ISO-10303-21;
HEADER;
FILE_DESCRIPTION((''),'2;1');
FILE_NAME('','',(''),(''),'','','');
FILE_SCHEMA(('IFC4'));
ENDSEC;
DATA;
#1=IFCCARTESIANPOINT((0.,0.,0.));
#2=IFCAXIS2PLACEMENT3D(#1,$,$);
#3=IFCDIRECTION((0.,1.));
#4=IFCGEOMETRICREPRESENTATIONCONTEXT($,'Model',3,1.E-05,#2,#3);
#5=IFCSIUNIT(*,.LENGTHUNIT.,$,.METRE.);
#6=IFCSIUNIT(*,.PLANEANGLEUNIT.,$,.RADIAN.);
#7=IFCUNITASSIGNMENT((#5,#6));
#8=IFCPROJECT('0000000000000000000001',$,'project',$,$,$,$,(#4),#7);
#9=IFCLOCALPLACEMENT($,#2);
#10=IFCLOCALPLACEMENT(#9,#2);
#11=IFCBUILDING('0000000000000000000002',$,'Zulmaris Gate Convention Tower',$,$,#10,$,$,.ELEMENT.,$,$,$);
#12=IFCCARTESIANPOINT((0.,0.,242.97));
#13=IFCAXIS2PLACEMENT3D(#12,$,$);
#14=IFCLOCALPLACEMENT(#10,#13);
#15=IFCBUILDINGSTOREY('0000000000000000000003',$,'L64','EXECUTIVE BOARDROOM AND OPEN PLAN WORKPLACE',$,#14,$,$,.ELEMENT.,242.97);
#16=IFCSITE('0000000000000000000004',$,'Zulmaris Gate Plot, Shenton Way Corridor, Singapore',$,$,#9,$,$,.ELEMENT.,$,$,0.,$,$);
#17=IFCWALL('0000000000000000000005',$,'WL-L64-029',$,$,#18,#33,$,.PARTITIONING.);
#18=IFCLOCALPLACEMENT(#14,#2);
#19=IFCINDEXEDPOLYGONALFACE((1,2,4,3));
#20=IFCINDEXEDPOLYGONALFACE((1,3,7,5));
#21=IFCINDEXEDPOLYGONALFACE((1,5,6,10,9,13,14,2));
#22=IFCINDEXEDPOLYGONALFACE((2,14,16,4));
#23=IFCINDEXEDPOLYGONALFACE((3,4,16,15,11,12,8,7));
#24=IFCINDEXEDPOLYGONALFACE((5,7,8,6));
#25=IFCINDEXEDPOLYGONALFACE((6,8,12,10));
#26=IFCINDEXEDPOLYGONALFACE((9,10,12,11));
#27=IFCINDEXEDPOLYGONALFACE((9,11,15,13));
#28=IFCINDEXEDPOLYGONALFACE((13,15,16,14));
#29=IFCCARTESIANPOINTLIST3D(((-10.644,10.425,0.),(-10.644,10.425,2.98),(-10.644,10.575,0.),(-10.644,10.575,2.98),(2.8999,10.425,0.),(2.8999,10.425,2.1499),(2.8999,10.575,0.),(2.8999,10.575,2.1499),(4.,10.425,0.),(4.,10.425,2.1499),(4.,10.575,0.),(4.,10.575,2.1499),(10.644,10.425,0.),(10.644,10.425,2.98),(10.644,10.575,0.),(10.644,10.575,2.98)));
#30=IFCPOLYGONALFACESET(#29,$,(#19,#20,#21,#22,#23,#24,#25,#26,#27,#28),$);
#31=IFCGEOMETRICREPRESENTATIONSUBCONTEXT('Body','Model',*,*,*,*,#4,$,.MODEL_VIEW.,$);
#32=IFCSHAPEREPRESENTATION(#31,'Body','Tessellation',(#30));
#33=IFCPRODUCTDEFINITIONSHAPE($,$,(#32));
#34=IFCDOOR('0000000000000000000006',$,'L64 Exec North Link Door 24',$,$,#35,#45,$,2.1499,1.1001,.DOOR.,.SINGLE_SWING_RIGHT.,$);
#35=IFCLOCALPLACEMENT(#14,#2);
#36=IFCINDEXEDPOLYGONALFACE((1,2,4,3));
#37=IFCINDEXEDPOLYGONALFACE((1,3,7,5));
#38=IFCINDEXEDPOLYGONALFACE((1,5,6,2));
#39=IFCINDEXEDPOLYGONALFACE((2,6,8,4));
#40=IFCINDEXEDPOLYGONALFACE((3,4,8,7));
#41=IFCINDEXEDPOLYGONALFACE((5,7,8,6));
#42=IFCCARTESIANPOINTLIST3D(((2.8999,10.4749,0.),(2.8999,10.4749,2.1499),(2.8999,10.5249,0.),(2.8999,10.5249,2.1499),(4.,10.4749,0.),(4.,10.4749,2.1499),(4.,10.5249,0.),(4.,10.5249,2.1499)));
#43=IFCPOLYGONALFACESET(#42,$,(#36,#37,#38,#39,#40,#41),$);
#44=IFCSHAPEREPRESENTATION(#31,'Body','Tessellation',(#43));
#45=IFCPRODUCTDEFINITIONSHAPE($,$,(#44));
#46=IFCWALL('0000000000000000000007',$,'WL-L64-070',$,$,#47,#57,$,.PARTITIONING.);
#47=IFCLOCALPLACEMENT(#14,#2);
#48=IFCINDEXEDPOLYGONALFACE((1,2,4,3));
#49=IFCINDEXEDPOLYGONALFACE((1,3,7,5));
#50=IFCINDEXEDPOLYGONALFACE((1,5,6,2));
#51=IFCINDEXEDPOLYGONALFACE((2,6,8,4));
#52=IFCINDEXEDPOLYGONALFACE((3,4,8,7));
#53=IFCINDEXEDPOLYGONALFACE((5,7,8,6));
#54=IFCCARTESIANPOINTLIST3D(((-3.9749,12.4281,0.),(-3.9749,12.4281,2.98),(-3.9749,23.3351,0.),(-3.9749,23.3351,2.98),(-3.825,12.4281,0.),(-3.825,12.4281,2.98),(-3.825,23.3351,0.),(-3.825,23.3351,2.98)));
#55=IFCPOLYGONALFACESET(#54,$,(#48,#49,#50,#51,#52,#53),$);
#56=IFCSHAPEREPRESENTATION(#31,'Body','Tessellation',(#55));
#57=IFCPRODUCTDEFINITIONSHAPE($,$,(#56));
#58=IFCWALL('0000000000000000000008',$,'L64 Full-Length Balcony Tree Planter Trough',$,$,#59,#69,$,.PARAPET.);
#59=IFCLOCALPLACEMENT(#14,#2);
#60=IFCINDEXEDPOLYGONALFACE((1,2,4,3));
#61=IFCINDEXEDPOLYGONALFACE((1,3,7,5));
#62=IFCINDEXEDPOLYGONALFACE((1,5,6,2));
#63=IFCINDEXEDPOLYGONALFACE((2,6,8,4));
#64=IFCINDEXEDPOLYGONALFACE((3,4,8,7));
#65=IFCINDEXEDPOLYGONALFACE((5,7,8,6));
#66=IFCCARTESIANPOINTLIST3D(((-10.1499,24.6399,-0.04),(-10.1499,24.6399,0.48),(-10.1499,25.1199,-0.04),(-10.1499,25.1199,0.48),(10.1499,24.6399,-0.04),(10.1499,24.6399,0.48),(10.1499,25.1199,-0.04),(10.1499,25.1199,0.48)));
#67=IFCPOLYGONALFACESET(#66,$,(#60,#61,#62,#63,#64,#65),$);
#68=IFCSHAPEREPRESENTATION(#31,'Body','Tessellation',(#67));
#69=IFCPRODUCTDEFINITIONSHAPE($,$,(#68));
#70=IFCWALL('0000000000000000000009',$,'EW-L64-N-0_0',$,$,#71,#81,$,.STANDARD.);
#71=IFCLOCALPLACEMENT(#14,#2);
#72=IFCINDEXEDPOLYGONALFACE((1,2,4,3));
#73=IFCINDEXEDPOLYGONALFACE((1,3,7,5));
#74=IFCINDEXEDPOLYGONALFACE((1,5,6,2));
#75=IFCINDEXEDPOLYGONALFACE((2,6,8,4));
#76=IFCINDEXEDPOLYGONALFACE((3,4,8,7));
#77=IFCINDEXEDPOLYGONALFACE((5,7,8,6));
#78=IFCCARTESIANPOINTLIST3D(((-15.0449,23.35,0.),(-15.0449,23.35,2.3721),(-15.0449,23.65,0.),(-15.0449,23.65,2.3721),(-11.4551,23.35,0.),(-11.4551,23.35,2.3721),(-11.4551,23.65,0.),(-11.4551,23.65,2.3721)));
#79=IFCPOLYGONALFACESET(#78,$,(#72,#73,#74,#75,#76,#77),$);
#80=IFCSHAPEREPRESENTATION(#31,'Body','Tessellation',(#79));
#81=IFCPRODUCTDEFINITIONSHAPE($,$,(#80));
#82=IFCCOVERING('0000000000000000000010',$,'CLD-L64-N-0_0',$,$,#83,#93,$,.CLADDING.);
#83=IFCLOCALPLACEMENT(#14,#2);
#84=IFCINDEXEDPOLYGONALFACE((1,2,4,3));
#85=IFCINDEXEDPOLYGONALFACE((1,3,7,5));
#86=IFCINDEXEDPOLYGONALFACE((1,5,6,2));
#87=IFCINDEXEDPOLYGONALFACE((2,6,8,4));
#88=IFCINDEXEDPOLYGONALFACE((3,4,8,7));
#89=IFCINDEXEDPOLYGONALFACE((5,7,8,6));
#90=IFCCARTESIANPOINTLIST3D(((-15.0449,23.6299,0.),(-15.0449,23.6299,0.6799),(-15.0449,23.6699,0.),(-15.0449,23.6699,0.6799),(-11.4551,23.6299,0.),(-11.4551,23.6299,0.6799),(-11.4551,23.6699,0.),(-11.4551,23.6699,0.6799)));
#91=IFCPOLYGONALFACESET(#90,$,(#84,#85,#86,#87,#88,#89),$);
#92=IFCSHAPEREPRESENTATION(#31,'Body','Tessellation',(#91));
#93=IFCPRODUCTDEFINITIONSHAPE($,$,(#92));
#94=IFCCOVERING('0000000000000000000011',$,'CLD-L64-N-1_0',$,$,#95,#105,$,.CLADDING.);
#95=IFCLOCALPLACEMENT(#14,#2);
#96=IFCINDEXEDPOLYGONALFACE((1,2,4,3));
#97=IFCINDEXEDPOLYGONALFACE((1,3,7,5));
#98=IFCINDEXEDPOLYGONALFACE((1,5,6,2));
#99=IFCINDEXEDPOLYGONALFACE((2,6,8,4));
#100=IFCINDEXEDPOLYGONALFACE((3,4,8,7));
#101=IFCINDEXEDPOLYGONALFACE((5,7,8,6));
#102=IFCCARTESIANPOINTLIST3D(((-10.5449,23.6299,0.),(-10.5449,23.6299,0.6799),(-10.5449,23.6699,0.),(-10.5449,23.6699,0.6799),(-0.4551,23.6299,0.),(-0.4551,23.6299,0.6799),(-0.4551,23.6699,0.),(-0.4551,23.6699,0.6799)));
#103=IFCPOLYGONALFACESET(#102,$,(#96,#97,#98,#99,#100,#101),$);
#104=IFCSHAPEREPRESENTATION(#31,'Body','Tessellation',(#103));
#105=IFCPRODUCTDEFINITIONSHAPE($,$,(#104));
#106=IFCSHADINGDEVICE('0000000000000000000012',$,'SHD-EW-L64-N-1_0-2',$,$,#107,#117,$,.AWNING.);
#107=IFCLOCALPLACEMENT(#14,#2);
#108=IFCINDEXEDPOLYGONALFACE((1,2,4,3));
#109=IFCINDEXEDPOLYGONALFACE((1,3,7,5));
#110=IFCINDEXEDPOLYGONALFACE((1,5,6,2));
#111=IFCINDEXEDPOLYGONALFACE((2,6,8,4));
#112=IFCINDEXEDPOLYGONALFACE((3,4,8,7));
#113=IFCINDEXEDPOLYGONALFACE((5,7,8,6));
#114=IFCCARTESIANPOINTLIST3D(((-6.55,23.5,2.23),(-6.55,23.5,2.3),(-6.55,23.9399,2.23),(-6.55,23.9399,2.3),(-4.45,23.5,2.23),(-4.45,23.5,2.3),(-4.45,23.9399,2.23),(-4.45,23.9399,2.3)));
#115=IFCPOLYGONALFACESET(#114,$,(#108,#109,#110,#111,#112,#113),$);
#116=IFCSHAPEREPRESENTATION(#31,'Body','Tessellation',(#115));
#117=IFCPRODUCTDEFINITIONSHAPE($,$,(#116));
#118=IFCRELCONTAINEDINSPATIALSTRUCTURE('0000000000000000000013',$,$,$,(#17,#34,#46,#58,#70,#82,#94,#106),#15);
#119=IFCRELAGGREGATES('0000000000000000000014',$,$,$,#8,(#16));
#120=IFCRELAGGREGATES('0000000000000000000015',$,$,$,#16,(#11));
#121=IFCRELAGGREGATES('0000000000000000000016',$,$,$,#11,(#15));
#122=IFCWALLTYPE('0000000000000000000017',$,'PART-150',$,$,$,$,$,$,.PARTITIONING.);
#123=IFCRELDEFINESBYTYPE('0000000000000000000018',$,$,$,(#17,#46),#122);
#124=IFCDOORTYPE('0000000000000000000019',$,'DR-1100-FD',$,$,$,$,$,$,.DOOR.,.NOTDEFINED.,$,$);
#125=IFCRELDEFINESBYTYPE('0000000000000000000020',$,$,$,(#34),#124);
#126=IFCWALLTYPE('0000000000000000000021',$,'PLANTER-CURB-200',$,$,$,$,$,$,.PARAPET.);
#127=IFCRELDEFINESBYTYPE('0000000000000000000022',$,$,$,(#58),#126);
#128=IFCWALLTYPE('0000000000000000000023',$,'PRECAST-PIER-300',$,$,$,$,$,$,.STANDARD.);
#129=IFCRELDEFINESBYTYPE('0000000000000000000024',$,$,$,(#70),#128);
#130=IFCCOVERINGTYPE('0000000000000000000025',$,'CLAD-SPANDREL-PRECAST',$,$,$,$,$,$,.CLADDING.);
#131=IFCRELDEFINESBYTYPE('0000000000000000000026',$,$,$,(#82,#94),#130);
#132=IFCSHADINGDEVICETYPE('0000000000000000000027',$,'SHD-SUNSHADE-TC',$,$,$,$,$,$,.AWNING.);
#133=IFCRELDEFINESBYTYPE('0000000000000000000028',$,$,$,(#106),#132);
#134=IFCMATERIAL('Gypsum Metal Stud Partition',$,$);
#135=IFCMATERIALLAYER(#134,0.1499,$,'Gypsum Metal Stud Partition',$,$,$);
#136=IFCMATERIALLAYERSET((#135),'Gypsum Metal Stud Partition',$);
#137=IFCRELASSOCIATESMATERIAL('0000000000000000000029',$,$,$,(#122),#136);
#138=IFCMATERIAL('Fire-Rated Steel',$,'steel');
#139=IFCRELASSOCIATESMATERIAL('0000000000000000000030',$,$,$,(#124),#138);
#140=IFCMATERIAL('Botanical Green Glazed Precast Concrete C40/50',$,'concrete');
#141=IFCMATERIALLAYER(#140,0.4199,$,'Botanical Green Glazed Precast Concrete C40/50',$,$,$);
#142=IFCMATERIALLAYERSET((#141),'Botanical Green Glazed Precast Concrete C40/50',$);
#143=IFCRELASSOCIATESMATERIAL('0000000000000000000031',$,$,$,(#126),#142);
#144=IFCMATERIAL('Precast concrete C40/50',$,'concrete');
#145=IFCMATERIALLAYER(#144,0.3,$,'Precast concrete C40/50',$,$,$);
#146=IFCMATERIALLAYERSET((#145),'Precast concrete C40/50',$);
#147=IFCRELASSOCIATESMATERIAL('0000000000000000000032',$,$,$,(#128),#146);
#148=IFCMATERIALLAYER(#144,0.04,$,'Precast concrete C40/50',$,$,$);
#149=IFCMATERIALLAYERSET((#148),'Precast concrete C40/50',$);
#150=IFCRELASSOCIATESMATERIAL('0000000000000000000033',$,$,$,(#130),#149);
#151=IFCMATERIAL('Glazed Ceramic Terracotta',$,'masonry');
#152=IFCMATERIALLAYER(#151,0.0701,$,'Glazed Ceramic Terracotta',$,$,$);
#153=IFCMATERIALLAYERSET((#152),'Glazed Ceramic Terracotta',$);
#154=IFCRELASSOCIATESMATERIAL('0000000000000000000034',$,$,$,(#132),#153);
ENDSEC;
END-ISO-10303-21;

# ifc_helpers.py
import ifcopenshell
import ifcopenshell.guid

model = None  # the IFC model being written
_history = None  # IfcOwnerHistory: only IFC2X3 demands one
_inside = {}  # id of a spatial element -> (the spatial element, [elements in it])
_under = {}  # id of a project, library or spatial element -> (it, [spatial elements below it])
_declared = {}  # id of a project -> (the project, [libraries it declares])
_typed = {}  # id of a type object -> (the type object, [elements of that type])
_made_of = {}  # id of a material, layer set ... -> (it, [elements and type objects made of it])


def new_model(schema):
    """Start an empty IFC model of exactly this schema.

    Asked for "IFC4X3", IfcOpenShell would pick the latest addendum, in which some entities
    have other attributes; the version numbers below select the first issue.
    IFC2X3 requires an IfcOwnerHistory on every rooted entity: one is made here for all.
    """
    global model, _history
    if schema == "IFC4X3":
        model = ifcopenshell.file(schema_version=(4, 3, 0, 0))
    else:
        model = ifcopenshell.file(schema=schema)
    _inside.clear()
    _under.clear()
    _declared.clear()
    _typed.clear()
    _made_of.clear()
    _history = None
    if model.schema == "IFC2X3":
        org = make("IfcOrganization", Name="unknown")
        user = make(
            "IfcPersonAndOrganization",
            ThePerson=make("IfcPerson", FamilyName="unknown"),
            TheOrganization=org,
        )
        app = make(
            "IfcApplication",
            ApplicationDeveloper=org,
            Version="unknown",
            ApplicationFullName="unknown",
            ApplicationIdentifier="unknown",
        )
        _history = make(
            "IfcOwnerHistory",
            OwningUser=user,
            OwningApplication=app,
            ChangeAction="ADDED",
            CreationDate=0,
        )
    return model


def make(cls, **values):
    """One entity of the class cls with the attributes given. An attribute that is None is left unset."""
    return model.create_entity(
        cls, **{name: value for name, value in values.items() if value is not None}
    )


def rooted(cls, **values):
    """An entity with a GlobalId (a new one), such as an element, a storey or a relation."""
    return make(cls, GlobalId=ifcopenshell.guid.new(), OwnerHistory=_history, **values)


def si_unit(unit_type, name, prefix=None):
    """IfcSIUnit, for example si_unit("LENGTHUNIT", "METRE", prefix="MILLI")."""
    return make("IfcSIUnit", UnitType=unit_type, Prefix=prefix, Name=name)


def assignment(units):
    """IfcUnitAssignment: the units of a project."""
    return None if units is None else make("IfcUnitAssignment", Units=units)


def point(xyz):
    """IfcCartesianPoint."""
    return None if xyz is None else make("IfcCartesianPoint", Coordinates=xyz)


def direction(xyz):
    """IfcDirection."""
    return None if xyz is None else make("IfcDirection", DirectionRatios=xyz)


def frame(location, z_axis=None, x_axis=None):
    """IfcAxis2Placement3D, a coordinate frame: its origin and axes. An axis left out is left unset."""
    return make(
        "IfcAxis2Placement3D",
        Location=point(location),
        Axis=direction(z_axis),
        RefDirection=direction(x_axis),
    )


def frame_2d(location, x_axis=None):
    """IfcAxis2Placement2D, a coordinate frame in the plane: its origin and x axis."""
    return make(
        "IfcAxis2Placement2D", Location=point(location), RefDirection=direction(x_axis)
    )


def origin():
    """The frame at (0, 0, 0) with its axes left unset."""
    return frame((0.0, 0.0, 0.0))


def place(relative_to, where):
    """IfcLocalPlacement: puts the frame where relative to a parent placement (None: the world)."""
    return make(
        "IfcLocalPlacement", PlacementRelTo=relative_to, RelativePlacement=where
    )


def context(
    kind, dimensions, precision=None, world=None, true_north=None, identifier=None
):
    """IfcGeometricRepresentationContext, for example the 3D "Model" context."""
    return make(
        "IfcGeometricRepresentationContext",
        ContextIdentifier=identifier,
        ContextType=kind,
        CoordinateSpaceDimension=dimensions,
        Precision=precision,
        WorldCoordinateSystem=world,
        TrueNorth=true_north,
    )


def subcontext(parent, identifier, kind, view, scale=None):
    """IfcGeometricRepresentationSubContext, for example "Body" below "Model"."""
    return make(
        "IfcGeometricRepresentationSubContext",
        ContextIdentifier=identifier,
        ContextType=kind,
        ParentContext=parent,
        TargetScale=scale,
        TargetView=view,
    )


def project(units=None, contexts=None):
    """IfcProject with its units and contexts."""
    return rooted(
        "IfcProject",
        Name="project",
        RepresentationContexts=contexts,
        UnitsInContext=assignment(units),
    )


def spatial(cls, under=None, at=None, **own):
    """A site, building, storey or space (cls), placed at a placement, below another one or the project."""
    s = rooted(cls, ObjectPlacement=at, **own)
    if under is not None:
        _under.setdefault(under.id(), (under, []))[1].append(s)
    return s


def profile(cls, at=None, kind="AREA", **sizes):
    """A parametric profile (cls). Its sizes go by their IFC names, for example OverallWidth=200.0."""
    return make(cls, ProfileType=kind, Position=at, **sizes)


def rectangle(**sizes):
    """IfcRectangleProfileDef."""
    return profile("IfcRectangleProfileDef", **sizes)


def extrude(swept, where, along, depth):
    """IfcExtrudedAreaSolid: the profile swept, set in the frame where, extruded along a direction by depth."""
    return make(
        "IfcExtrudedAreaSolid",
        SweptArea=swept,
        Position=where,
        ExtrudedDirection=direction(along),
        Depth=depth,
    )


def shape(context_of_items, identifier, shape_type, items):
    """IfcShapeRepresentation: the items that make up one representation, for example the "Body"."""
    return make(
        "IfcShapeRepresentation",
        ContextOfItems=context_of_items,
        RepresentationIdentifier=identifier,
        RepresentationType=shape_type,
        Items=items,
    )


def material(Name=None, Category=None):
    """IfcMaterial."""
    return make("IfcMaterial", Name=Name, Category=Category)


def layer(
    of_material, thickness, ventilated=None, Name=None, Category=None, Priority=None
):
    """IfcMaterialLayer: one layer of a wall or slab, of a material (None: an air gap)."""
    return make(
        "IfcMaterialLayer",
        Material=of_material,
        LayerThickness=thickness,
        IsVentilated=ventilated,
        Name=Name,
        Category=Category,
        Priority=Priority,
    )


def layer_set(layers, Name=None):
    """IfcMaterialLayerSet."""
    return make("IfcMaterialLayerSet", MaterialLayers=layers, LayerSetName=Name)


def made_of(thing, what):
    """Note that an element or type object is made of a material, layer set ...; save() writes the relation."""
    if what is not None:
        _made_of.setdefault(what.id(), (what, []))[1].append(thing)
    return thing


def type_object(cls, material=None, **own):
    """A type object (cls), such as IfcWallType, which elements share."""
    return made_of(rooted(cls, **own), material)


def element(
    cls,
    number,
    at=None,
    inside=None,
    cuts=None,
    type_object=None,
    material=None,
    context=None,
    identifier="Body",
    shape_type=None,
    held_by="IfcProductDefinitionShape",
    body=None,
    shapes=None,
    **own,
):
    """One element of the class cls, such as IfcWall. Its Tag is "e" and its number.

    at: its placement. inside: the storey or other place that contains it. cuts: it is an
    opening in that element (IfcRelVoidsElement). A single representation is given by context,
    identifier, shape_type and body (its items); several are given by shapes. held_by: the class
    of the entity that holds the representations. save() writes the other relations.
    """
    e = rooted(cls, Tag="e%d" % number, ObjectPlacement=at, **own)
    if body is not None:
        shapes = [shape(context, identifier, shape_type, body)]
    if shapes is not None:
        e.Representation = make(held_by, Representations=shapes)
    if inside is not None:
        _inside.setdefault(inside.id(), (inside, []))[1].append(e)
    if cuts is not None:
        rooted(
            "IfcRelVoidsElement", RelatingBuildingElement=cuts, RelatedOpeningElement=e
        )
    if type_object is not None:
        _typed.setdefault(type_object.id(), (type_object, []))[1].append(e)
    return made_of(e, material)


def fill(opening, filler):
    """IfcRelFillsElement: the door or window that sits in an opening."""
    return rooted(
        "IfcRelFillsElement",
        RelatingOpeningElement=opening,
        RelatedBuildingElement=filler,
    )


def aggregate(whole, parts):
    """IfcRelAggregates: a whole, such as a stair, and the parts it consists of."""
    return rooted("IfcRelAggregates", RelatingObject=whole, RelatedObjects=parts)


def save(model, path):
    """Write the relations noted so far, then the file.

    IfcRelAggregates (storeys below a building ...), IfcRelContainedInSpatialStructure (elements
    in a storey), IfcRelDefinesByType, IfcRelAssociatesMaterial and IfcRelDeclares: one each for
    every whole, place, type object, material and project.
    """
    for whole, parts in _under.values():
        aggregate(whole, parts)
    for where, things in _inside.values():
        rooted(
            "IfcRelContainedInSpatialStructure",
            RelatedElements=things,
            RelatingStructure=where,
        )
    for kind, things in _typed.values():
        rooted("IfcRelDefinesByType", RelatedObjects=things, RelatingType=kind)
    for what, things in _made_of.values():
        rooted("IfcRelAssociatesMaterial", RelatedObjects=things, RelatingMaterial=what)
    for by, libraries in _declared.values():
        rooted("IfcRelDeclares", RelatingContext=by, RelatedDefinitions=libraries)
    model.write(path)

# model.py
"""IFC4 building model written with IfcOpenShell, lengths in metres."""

from ifc_helpers import new_model, si_unit, direction, frame, frame_2d, origin, place, context, subcontext, project, spatial, rectangle, extrude, material, layer, layer_set, type_object, element, fill, save


model = new_model("IFC4")

# Units and contexts
model_context = context("Model", 3, precision=1e-05, world=origin(), true_north=direction((0.0, 1.0)))
body_context = subcontext(model_context, "Body", "Model", "MODEL_VIEW")
ifc_project = project(units=[si_unit("LENGTHUNIT", "METRE"), si_unit("PLANEANGLEUNIT", "RADIAN")], contexts=[model_context])

# Site, building, storey
site_placement = place(None, origin())
site = spatial("IfcSite", under=ifc_project, at=site_placement, Name="Zulmaris Gate Plot, Shenton Way Corridor, Singapore", CompositionType="ELEMENT", RefElevation=0.0)
building_placement = place(site_placement, origin())
building = spatial("IfcBuilding", under=site, at=building_placement, Name="Zulmaris Gate Convention Tower", CompositionType="ELEMENT")
storey_placement = place(building_placement, frame((0.0, 0.0, 242.97)))
storey = spatial("IfcBuildingStorey", under=building, at=storey_placement, Name="L64", Description="EXECUTIVE BOARDROOM AND OPEN PLAN WORKPLACE", CompositionType="ELEMENT", Elevation=242.97)

# Wall, opening, door
ifc_material_1 = material(Name="Gypsum Metal Stud Partition")
ifc_layer_1 = layer(ifc_material_1, 0.1499, Name="Gypsum Metal Stud Partition")
ifc_layer_set_1 = layer_set([ifc_layer_1], Name="Gypsum Metal Stud Partition")
wall_type_1 = type_object("IfcWallType", Name="PART-150", PredefinedType="PARTITIONING", material=ifc_layer_set_1)
wall_1_placement = place(storey_placement, frame((-10.644, 10.5, 0.0), z_axis=(0.0, 0.0, 1.0), x_axis=(1.0, 0.0, 0.0)))
wall_1 = element("IfcWall", 1, at=wall_1_placement, inside=storey, type_object=wall_type_1, Name="WL-L64-029", PredefinedType="PARTITIONING", context=body_context, shape_type="SweptSolid", body=[
    extrude(rectangle(XDim=21.2881, YDim=0.1499, at=frame_2d((10.644, 0.0))), origin(), (0.0, 0.0, 1.0), 2.98),
])
opening_1_placement = place(wall_1_placement, frame((13.5439, 0.0, 0.0)))
opening_1 = element("IfcOpeningElement", 2, at=opening_1_placement, cuts=wall_1, PredefinedType="OPENING", context=body_context, shape_type="SweptSolid", body=[
    extrude(rectangle(XDim=1.1001, YDim=2.1499, at=frame_2d((0.55, 1.075))), frame((0.0, 0.085, 0.0), z_axis=(0.0, -1.0, 0.0), x_axis=(1.0, 0.0, 0.0)), (0.0, 0.0, 1.0), 0.1699),
])
ifc_material_2 = material(Name="Fire-Rated Steel", Category="steel")
door_type_1 = type_object("IfcDoorType", Name="DR-1100-FD", OperationType="NOTDEFINED", PredefinedType="DOOR", material=ifc_material_2)
door_1_placement = place(opening_1_placement, origin())
door_1 = element("IfcDoor", 3, at=door_1_placement, inside=storey, type_object=door_type_1, Name="L64 Exec North Link Door 24", OperationType="SINGLE_SWING_RIGHT", OverallHeight=2.1499, OverallWidth=1.1001, PredefinedType="DOOR", context=body_context, shape_type="SweptSolid", body=[
    extrude(rectangle(XDim=1.1001, YDim=2.1499, at=frame_2d((0.55, 1.075))), frame((0.0, 0.0249, 0.0), z_axis=(0.0, -1.0, 0.0), x_axis=(1.0, 0.0, 0.0)), (0.0, 0.0, 1.0), 0.05),
])
fill(opening_1, door_1)

# Walls
wall_2_placement = place(storey_placement, frame((-3.8999, 12.428, 0.0), z_axis=(0.0, 0.0, 1.0), x_axis=(0.0, 1.0, 0.0)))
element("IfcWall", 4, at=wall_2_placement, inside=storey, type_object=wall_type_1, Name="WL-L64-070", PredefinedType="PARTITIONING", context=body_context, shape_type="SweptSolid", body=[
    extrude(rectangle(XDim=10.907, YDim=0.1499, at=frame_2d((5.4536, 0.0))), origin(), (0.0, 0.0, 1.0), 2.98),
])
ifc_material_3 = material(Name="Botanical Green Glazed Precast Concrete C40/50", Category="concrete")
ifc_layer_2 = layer(ifc_material_3, 0.4199, Name="Botanical Green Glazed Precast Concrete C40/50")
ifc_layer_set_2 = layer_set([ifc_layer_2], Name="Botanical Green Glazed Precast Concrete C40/50")
wall_type_2 = type_object("IfcWallType", Name="PLANTER-CURB-200", PredefinedType="PARAPET", material=ifc_layer_set_2)
wall_3_placement = place(storey_placement, frame((-10.1499, 24.8799, -0.04), z_axis=(0.0, 0.0, 1.0), x_axis=(1.0, 0.0, 0.0)))
element("IfcWall", 5, at=wall_3_placement, inside=storey, type_object=wall_type_2, Name="L64 Full-Length Balcony Tree Planter Trough", PredefinedType="PARAPET", context=body_context, shape_type="SweptSolid", body=[
    extrude(rectangle(XDim=20.2998, YDim=0.48, at=frame_2d((10.1499, 0.0))), origin(), (0.0, 0.0, 1.0), 0.52),
])
ifc_material_4 = material(Name="Precast concrete C40/50", Category="concrete")
ifc_layer_3 = layer(ifc_material_4, 0.3, Name="Precast concrete C40/50")
ifc_layer_set_3 = layer_set([ifc_layer_3], Name="Precast concrete C40/50")
wall_type_3 = type_object("IfcWallType", Name="PRECAST-PIER-300", PredefinedType="STANDARD", material=ifc_layer_set_3)
wall_4_placement = place(storey_placement, frame((-11.4551, 23.5, 0.0), z_axis=(0.0, 0.0, 1.0), x_axis=(-1.0, 0.0, 0.0)))
element("IfcWall", 6, at=wall_4_placement, inside=storey, type_object=wall_type_3, Name="EW-L64-N-0_0", PredefinedType="STANDARD", context=body_context, shape_type="SweptSolid", body=[
    extrude(rectangle(XDim=3.5898, YDim=0.3, at=frame_2d((1.7949, 0.0))), origin(), (0.0, 0.0, 1.0), 2.3721),
])

# Coverings
ifc_layer_4 = layer(ifc_material_4, 0.04, Name="Precast concrete C40/50")
ifc_layer_set_4 = layer_set([ifc_layer_4], Name="Precast concrete C40/50")
covering_type = type_object("IfcCoveringType", Name="CLAD-SPANDREL-PRECAST", PredefinedType="CLADDING", material=ifc_layer_set_4)
covering_1_placement = place(storey_placement, frame((-11.4551, 23.6499, 0.0), z_axis=(0.0, 0.0, 1.0), x_axis=(-1.0, 0.0, 0.0)))
element("IfcCovering", 7, at=covering_1_placement, inside=storey, type_object=covering_type, Name="CLD-L64-N-0_0", PredefinedType="CLADDING", context=body_context, shape_type="SweptSolid", body=[
    extrude(rectangle(XDim=3.5898, YDim=0.04, at=frame_2d((1.7949, 0.0))), origin(), (0.0, 0.0, 1.0), 0.6799),
])
covering_2_placement = place(storey_placement, frame((-0.4551, 23.6499, 0.0), z_axis=(0.0, 0.0, 1.0), x_axis=(-1.0, 0.0, 0.0)))
element("IfcCovering", 8, at=covering_2_placement, inside=storey, type_object=covering_type, Name="CLD-L64-N-1_0", PredefinedType="CLADDING", context=body_context, shape_type="SweptSolid", body=[
    extrude(rectangle(XDim=10.0898, YDim=0.04, at=frame_2d((5.0449, 0.0))), origin(), (0.0, 0.0, 1.0), 0.6799),
])

# Shading device
ifc_material_5 = material(Name="Glazed Ceramic Terracotta", Category="masonry")
ifc_layer_5 = layer(ifc_material_5, 0.0701, Name="Glazed Ceramic Terracotta")
ifc_layer_set_5 = layer_set([ifc_layer_5], Name="Glazed Ceramic Terracotta")
shading_device_type = type_object("IfcShadingDeviceType", Name="SHD-SUNSHADE-TC", PredefinedType="AWNING", material=ifc_layer_set_5)
shading_device_placement = place(storey_placement, frame((-4.45, 23.72, 2.23), z_axis=(0.0, 0.0, 1.0), x_axis=(-1.0, 0.0, 0.0)))
element("IfcShadingDevice", 9, at=shading_device_placement, inside=storey, type_object=shading_device_type, Name="SHD-EW-L64-N-1_0-2", PredefinedType="AWNING", context=body_context, shape_type="SweptSolid", body=[
    extrude(rectangle(XDim=2.1001, YDim=0.4399, at=frame_2d((1.05, 0.0))), origin(), (0.0, 0.0, 1.0), 0.0701),
])

save(model, "model.ifc")
